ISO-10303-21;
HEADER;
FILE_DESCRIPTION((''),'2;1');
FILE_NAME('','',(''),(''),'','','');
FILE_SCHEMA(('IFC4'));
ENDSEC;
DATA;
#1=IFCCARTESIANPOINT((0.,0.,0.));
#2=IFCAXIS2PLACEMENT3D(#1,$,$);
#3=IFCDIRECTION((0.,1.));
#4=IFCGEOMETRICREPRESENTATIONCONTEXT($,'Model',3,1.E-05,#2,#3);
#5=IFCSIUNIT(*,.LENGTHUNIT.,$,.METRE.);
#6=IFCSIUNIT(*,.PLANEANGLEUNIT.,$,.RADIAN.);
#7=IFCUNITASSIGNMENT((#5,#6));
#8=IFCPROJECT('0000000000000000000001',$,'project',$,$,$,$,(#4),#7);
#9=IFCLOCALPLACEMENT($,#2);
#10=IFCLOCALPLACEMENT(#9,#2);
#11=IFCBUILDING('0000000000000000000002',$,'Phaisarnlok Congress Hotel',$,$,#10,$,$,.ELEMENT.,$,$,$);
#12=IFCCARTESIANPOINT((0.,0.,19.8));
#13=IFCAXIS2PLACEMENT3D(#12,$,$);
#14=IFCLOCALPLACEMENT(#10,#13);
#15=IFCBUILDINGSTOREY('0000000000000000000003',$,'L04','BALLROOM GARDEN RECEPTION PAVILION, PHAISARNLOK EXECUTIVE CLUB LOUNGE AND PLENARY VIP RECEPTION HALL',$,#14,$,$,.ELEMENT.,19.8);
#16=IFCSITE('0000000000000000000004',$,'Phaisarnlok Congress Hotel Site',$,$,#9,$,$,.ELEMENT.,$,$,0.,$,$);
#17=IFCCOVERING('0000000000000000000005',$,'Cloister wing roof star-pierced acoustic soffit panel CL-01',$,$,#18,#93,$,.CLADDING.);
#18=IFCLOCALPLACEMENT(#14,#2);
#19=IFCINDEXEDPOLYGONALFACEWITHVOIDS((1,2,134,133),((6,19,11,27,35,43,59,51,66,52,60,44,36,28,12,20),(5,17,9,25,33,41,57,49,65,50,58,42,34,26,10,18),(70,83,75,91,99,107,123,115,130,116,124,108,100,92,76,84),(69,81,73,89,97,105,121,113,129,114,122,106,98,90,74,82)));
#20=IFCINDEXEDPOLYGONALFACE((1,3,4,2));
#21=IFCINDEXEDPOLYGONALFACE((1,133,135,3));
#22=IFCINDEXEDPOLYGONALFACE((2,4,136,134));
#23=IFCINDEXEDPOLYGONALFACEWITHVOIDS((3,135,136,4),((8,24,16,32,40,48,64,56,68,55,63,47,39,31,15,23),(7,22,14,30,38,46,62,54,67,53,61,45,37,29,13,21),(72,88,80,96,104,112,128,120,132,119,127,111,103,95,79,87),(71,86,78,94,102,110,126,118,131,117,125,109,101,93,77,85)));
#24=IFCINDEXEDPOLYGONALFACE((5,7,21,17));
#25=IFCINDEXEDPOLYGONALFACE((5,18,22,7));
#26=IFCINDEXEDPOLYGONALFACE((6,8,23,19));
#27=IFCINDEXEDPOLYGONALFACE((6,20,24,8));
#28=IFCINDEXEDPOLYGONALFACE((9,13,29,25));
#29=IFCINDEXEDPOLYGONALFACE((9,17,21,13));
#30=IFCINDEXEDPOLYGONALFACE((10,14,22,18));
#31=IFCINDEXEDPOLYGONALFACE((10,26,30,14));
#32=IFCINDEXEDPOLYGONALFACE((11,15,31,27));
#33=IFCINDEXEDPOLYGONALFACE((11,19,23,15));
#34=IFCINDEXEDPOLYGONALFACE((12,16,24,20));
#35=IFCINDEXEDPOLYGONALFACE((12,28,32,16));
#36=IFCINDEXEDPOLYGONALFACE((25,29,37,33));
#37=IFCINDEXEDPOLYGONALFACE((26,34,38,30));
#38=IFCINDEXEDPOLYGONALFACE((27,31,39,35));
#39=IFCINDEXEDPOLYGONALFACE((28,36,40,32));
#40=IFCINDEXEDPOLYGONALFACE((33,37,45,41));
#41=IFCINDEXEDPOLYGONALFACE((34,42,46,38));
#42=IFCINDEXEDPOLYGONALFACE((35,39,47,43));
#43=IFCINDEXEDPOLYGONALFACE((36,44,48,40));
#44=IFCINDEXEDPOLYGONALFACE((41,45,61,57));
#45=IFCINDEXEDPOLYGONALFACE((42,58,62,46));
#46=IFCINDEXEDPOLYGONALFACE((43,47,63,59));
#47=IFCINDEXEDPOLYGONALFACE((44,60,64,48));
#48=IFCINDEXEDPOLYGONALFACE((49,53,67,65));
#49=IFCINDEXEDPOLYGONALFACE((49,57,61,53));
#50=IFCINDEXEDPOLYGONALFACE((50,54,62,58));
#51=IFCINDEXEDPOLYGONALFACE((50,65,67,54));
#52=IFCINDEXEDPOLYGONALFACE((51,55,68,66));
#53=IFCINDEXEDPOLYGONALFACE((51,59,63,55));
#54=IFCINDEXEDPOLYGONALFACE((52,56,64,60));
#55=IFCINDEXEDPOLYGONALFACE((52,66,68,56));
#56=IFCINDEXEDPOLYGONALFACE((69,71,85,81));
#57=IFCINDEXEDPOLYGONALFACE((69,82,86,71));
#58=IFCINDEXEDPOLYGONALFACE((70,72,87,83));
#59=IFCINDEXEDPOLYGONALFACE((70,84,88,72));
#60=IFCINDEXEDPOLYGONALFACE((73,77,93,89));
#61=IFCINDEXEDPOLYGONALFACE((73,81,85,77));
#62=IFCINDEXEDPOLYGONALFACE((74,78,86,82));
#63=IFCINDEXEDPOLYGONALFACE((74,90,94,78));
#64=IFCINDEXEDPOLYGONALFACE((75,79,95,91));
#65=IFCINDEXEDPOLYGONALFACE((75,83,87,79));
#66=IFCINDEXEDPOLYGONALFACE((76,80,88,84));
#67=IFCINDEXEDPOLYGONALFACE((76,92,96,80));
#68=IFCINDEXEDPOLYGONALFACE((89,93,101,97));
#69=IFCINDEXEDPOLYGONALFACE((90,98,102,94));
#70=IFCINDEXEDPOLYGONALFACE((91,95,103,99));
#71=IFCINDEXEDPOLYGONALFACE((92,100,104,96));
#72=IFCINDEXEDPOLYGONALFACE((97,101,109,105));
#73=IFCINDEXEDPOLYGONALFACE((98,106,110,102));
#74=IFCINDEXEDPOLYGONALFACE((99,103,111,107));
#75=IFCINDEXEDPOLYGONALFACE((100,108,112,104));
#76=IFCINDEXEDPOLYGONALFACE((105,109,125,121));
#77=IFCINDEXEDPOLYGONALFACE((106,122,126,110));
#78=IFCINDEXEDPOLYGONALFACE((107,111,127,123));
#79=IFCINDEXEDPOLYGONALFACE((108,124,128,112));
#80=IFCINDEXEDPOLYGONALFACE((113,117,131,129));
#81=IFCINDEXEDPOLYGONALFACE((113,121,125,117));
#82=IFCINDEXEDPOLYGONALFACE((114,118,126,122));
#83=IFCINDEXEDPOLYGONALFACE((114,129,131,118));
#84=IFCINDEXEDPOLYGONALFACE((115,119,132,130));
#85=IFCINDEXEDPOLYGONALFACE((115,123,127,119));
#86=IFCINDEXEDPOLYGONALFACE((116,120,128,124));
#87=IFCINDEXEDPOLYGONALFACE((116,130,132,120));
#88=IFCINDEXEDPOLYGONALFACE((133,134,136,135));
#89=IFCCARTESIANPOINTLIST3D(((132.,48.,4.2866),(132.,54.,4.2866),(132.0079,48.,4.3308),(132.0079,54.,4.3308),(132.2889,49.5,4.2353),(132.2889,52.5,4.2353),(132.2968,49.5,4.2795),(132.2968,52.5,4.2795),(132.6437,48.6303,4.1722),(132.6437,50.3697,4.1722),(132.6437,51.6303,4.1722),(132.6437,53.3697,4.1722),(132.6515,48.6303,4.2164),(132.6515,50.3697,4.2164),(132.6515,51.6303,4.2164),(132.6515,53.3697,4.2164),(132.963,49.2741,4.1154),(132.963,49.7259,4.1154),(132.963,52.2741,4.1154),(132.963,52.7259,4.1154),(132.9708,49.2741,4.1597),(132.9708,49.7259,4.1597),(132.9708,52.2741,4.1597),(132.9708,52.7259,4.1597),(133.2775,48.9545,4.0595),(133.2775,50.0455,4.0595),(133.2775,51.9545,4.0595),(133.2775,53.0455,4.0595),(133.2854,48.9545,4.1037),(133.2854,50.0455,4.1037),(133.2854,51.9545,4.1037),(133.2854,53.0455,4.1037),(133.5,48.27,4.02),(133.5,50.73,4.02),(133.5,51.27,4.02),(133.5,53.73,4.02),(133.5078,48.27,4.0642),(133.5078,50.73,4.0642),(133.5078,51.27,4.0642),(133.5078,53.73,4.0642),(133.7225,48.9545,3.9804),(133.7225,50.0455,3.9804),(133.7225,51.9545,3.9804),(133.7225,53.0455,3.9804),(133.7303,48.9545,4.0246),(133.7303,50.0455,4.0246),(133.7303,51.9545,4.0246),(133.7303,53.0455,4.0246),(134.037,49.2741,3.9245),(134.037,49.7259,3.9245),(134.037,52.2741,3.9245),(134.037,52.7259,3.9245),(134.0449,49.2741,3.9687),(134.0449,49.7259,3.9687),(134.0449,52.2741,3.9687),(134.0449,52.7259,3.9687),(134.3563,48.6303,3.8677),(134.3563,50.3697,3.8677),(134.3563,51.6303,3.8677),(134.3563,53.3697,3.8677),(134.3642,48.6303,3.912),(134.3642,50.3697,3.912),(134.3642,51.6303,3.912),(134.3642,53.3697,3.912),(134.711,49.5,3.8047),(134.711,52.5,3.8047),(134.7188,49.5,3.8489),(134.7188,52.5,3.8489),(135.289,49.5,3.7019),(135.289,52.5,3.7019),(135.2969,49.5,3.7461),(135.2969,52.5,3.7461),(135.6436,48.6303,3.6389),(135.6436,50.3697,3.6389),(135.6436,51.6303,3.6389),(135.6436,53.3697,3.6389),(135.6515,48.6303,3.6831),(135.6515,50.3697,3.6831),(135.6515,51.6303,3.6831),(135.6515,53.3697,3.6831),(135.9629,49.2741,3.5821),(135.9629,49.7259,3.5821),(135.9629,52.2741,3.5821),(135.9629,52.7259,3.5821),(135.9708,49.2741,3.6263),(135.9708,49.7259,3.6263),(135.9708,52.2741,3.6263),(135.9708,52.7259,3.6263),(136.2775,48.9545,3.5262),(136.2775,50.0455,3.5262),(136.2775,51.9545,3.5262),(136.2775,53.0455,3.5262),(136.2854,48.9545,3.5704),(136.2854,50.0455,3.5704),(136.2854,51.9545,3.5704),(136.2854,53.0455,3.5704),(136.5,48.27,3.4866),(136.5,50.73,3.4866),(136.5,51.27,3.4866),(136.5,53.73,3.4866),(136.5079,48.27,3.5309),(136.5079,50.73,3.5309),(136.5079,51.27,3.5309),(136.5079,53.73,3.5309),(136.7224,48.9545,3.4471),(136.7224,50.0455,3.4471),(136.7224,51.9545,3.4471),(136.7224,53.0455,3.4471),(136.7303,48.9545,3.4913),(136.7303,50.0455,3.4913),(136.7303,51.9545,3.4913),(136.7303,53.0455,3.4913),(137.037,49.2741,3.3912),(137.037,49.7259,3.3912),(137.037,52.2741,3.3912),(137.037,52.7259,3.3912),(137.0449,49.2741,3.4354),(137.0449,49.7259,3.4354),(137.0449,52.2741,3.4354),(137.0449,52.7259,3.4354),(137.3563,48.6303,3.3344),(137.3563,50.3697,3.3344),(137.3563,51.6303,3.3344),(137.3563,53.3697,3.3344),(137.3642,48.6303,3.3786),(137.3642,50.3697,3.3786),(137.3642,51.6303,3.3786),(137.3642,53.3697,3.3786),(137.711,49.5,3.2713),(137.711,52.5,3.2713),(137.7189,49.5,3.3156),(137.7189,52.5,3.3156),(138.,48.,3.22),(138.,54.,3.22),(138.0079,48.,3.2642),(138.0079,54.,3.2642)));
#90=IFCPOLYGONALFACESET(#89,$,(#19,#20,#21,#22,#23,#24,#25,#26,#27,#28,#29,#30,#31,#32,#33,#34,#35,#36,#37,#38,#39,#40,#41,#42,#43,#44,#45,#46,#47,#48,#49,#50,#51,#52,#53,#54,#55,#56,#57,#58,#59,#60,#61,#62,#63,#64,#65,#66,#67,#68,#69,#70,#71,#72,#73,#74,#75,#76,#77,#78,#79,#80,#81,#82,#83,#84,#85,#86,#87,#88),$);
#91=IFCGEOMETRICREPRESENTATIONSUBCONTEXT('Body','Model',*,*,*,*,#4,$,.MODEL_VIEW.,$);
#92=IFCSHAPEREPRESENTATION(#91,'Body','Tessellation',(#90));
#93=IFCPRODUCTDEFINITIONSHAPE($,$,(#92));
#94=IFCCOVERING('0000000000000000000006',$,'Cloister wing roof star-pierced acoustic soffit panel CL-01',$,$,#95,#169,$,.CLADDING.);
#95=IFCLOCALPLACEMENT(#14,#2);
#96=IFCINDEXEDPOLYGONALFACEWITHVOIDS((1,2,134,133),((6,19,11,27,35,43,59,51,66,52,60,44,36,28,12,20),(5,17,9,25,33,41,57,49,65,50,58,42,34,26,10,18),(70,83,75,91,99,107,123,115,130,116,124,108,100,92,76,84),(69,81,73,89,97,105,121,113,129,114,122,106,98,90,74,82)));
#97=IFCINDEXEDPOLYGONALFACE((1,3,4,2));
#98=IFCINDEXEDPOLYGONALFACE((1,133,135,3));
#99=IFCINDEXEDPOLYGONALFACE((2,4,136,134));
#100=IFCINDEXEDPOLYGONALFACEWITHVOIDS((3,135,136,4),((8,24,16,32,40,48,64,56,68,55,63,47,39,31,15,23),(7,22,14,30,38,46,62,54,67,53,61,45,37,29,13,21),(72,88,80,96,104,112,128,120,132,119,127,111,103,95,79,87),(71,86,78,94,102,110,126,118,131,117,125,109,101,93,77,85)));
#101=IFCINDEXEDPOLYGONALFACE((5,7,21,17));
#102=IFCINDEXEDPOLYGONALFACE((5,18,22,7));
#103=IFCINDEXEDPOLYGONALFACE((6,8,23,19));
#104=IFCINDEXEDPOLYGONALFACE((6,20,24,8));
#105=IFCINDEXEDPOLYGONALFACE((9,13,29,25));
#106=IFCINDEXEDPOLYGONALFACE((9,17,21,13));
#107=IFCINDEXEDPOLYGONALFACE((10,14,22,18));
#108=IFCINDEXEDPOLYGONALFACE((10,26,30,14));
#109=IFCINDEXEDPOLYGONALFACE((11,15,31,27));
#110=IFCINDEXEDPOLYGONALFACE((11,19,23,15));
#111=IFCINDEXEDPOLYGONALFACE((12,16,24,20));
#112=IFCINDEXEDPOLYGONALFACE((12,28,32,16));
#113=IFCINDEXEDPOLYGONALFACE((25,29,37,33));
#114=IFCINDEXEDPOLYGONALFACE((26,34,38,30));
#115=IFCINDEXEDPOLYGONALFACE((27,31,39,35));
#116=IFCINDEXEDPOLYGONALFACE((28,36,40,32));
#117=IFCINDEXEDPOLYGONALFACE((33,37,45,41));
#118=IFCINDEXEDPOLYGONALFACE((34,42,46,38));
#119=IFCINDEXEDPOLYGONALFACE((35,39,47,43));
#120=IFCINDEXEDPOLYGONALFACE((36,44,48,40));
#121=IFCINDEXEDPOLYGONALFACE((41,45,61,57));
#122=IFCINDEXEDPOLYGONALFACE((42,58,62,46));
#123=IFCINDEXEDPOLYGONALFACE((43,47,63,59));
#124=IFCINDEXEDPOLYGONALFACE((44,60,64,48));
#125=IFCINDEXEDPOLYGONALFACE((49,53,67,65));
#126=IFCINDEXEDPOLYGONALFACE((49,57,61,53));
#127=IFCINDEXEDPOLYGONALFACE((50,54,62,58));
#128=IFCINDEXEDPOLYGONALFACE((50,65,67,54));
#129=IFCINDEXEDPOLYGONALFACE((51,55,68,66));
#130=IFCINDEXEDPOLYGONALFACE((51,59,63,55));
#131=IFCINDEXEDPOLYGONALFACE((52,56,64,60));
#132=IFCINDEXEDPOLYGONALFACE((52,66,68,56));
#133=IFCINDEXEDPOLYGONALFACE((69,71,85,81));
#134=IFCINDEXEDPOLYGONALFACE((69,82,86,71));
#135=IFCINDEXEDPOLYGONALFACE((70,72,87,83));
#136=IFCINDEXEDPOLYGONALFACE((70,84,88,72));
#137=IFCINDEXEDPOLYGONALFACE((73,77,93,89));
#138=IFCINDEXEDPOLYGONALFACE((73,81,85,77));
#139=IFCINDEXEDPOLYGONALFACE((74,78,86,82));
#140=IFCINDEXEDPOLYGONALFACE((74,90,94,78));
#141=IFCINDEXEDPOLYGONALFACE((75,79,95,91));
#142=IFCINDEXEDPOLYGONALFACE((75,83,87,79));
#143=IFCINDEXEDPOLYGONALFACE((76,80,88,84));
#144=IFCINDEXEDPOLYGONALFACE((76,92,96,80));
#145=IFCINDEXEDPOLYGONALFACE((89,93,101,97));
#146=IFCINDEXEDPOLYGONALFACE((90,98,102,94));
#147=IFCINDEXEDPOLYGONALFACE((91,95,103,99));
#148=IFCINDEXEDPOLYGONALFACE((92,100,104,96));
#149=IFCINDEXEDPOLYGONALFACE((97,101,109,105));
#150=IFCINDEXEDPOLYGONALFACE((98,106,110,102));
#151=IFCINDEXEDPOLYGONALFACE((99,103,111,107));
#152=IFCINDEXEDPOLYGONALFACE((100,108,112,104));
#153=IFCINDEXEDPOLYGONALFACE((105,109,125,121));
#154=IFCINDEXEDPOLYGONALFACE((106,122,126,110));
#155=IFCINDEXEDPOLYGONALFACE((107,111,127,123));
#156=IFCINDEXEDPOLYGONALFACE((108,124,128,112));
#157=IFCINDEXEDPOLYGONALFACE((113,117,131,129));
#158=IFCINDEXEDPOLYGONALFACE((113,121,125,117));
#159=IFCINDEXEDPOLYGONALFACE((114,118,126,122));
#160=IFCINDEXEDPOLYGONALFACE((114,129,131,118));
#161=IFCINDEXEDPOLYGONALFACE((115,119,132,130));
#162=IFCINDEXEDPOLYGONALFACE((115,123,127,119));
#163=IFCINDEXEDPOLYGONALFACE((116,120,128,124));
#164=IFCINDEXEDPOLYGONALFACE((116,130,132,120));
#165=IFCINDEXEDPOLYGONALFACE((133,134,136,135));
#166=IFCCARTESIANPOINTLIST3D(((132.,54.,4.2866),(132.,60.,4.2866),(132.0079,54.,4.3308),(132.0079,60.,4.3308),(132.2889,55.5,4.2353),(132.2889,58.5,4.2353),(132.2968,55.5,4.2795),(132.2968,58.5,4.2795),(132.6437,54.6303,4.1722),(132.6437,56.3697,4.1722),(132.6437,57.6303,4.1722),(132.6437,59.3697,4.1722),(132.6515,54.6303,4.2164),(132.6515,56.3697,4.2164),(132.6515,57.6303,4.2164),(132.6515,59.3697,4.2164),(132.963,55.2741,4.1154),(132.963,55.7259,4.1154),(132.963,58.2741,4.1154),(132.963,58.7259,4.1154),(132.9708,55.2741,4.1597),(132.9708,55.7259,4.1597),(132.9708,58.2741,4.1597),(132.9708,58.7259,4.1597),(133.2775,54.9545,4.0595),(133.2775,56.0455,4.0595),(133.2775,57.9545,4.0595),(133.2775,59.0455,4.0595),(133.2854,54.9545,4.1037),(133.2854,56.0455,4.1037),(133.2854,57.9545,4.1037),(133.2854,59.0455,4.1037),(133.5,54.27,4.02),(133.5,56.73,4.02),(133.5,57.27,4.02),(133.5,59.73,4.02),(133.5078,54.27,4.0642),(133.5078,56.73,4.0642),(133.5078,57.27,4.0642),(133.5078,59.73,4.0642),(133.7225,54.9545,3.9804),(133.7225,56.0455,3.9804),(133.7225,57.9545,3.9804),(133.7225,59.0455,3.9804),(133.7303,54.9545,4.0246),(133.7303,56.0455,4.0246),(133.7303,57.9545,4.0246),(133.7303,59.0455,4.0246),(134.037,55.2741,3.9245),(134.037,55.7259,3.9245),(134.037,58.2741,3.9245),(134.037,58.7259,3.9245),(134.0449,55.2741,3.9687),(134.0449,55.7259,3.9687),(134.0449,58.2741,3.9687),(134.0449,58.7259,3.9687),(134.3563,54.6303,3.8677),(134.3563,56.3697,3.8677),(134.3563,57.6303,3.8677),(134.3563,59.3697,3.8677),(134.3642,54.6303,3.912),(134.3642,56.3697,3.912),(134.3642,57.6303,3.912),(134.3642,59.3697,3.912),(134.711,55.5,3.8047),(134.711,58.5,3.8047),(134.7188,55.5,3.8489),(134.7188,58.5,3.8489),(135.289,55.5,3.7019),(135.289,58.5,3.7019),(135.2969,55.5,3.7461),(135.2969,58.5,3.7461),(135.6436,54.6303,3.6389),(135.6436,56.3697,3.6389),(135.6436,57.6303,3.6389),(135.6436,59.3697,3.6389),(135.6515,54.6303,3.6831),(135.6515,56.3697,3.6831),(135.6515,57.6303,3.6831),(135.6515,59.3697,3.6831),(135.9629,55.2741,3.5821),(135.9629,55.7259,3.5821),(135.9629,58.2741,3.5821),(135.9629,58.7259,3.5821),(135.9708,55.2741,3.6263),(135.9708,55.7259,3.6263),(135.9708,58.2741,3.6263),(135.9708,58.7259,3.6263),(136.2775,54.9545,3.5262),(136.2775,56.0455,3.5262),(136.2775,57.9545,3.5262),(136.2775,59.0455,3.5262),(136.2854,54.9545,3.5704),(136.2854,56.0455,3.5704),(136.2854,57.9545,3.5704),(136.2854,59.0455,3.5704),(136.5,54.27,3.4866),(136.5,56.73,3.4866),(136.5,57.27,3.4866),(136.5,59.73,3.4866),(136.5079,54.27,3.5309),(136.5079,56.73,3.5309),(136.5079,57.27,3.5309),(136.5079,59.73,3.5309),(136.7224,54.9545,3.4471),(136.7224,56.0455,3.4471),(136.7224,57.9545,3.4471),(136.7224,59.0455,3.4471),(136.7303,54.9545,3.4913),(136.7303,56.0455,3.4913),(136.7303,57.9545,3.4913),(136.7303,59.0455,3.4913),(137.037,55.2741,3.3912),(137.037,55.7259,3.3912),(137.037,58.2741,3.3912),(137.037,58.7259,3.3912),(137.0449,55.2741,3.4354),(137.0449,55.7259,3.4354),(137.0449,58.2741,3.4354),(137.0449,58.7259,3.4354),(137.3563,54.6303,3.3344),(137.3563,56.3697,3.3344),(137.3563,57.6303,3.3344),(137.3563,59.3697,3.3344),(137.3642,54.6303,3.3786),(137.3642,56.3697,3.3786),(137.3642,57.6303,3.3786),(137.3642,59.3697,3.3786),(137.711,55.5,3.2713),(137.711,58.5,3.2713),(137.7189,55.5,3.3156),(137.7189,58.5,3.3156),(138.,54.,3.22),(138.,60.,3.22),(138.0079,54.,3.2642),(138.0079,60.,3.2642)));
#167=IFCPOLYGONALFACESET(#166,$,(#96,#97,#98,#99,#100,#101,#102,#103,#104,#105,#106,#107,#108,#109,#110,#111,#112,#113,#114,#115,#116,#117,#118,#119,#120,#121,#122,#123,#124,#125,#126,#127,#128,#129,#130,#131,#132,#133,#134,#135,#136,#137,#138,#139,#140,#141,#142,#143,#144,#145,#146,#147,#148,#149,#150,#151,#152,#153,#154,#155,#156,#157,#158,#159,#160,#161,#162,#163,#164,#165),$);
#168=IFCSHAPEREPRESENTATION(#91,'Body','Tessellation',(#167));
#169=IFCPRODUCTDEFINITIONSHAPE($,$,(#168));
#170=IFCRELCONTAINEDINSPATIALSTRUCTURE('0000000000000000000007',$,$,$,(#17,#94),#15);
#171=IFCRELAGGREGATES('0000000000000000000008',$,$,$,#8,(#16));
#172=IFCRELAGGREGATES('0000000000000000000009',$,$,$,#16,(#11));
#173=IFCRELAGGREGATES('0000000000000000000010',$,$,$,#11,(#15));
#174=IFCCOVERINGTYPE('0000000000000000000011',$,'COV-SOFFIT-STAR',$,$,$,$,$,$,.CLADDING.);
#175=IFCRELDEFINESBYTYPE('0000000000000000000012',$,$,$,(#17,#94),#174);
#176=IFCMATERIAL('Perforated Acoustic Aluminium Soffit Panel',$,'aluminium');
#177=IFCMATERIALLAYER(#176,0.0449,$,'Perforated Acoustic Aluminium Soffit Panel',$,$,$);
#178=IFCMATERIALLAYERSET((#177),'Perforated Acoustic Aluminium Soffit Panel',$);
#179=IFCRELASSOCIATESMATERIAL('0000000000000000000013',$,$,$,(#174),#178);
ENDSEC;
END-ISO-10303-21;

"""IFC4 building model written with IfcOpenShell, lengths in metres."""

from ifc_helpers import new_model, si_unit, direction, frame, origin, place, context, subcontext, project, spatial, polyline, outline, extrude, material, layer, layer_set, type_object, element, save


model = new_model("IFC4")

# Units and contexts
model_context = context("Model", 3, precision=1e-05, world=origin(), true_north=direction((0.0, 1.0)))
body_context = subcontext(model_context, "Body", "Model", "MODEL_VIEW")
ifc_project = project(units=[si_unit("LENGTHUNIT", "METRE"), si_unit("PLANEANGLEUNIT", "RADIAN")], contexts=[model_context])

# Site, building, storey
site_placement = place(None, origin())
site = spatial("IfcSite", under=ifc_project, at=site_placement, Name="Phaisarnlok Congress Hotel Site", CompositionType="ELEMENT", RefElevation=0.0)
building_placement = place(site_placement, origin())
building = spatial("IfcBuilding", under=site, at=building_placement, Name="Phaisarnlok Congress Hotel", CompositionType="ELEMENT")
storey_placement = place(building_placement, frame((0.0, 0.0, 19.8)))
storey = spatial("IfcBuildingStorey", under=building, at=storey_placement, Name="L04", Description="BALLROOM GARDEN RECEPTION PAVILION, PHAISARNLOK EXECUTIVE CLUB LOUNGE AND PLENARY VIP RECEPTION HALL", CompositionType="ELEMENT", Elevation=19.8)

# Coverings
ifc_material_1 = material(Name="Perforated Acoustic Aluminium Soffit Panel", Category="aluminium")
ifc_layer_1 = layer(ifc_material_1, 0.0449, Name="Perforated Acoustic Aluminium Soffit Panel")
ifc_layer_set_1 = layer_set([ifc_layer_1], Name="Perforated Acoustic Aluminium Soffit Panel")
covering_type = type_object("IfcCoveringType", Name="COV-SOFFIT-STAR", PredefinedType="CLADDING", material=ifc_layer_set_1)
for number, where, z_axis, x_axis, name in (
    (1, (138.0, 48.0, 3.22), (0.175031, 0.0, 0.984563), (0.0, 1.0, 0.0), "Cloister wing roof star-pierced acoustic soffit panel CL-01"),
    (2, (138.0, 54.0, 3.22), (0.175031, 0.0, 0.984563), (0.0, 1.0, 0.0), "Cloister wing roof star-pierced acoustic soffit panel CL-01"),
):
    element("IfcCovering", number, at=place(storey_placement, frame(where, z_axis=z_axis, x_axis=x_axis)), inside=storey, type_object=covering_type, Name=name, PredefinedType="CLADDING", context=body_context, shape_type="SweptSolid", body=[
        extrude(outline(polyline([(0.0, 0.0), (6.0, 0.0), (6.0, 6.0941), (0.0, 6.0941), (0.0, 0.0)]), holes=[polyline([(2.0455, 1.2976), (2.3697, 0.6538), (1.7259, 0.9781), (1.5, 0.2935), (1.2741, 0.9781), (0.6303, 0.6538), (0.9545, 1.2976), (0.27, 1.5235), (0.9545, 1.7495), (0.6303, 2.3933), (1.2741, 2.069), (1.5, 2.7535), (1.7259, 2.069), (2.3697, 2.3933), (2.0455, 1.7495), (2.73, 1.5235), (2.0455, 1.2976)]), polyline([(2.0455, 4.3446), (2.3697, 3.7008), (1.7259, 4.0251), (1.5, 3.3406), (1.2741, 4.0251), (0.6303, 3.7008), (0.9545, 4.3446), (0.27, 4.5706), (0.9545, 4.7965), (0.6303, 5.4403), (1.2741, 5.116), (1.5, 5.8006), (1.7259, 5.116), (2.3697, 5.4403), (2.0455, 4.7965), (2.73, 4.5706), (2.0455, 4.3446)]), polyline([(5.0455, 1.2976), (5.3697, 0.6538), (4.7259, 0.9781), (4.5, 0.2935), (4.2741, 0.9781), (3.6303, 0.6538), (3.9545, 1.2976), (3.27, 1.5235), (3.9545, 1.7495), (3.6303, 2.3933), (4.2741, 2.069), (4.5, 2.7535), (4.7259, 2.069), (5.3697, 2.3933), (5.0455, 1.7495), (5.73, 1.5235), (5.0455, 1.2976)]), polyline([(5.0455, 4.3446), (5.3697, 3.7008), (4.7259, 4.0251), (4.5, 3.3406), (4.2741, 4.0251), (3.6303, 3.7008), (3.9545, 4.3446), (3.27, 4.5706), (3.9545, 4.7965), (3.6303, 5.4403), (4.2741, 5.116), (4.5, 5.8006), (4.7259, 5.116), (5.3697, 5.4403), (5.0455, 4.7965), (5.73, 4.5706), (5.0455, 4.3446)])]), origin(), (0.0, 0.0, 1.0), 0.0449),
    ])

save(model, "model.ifc")
